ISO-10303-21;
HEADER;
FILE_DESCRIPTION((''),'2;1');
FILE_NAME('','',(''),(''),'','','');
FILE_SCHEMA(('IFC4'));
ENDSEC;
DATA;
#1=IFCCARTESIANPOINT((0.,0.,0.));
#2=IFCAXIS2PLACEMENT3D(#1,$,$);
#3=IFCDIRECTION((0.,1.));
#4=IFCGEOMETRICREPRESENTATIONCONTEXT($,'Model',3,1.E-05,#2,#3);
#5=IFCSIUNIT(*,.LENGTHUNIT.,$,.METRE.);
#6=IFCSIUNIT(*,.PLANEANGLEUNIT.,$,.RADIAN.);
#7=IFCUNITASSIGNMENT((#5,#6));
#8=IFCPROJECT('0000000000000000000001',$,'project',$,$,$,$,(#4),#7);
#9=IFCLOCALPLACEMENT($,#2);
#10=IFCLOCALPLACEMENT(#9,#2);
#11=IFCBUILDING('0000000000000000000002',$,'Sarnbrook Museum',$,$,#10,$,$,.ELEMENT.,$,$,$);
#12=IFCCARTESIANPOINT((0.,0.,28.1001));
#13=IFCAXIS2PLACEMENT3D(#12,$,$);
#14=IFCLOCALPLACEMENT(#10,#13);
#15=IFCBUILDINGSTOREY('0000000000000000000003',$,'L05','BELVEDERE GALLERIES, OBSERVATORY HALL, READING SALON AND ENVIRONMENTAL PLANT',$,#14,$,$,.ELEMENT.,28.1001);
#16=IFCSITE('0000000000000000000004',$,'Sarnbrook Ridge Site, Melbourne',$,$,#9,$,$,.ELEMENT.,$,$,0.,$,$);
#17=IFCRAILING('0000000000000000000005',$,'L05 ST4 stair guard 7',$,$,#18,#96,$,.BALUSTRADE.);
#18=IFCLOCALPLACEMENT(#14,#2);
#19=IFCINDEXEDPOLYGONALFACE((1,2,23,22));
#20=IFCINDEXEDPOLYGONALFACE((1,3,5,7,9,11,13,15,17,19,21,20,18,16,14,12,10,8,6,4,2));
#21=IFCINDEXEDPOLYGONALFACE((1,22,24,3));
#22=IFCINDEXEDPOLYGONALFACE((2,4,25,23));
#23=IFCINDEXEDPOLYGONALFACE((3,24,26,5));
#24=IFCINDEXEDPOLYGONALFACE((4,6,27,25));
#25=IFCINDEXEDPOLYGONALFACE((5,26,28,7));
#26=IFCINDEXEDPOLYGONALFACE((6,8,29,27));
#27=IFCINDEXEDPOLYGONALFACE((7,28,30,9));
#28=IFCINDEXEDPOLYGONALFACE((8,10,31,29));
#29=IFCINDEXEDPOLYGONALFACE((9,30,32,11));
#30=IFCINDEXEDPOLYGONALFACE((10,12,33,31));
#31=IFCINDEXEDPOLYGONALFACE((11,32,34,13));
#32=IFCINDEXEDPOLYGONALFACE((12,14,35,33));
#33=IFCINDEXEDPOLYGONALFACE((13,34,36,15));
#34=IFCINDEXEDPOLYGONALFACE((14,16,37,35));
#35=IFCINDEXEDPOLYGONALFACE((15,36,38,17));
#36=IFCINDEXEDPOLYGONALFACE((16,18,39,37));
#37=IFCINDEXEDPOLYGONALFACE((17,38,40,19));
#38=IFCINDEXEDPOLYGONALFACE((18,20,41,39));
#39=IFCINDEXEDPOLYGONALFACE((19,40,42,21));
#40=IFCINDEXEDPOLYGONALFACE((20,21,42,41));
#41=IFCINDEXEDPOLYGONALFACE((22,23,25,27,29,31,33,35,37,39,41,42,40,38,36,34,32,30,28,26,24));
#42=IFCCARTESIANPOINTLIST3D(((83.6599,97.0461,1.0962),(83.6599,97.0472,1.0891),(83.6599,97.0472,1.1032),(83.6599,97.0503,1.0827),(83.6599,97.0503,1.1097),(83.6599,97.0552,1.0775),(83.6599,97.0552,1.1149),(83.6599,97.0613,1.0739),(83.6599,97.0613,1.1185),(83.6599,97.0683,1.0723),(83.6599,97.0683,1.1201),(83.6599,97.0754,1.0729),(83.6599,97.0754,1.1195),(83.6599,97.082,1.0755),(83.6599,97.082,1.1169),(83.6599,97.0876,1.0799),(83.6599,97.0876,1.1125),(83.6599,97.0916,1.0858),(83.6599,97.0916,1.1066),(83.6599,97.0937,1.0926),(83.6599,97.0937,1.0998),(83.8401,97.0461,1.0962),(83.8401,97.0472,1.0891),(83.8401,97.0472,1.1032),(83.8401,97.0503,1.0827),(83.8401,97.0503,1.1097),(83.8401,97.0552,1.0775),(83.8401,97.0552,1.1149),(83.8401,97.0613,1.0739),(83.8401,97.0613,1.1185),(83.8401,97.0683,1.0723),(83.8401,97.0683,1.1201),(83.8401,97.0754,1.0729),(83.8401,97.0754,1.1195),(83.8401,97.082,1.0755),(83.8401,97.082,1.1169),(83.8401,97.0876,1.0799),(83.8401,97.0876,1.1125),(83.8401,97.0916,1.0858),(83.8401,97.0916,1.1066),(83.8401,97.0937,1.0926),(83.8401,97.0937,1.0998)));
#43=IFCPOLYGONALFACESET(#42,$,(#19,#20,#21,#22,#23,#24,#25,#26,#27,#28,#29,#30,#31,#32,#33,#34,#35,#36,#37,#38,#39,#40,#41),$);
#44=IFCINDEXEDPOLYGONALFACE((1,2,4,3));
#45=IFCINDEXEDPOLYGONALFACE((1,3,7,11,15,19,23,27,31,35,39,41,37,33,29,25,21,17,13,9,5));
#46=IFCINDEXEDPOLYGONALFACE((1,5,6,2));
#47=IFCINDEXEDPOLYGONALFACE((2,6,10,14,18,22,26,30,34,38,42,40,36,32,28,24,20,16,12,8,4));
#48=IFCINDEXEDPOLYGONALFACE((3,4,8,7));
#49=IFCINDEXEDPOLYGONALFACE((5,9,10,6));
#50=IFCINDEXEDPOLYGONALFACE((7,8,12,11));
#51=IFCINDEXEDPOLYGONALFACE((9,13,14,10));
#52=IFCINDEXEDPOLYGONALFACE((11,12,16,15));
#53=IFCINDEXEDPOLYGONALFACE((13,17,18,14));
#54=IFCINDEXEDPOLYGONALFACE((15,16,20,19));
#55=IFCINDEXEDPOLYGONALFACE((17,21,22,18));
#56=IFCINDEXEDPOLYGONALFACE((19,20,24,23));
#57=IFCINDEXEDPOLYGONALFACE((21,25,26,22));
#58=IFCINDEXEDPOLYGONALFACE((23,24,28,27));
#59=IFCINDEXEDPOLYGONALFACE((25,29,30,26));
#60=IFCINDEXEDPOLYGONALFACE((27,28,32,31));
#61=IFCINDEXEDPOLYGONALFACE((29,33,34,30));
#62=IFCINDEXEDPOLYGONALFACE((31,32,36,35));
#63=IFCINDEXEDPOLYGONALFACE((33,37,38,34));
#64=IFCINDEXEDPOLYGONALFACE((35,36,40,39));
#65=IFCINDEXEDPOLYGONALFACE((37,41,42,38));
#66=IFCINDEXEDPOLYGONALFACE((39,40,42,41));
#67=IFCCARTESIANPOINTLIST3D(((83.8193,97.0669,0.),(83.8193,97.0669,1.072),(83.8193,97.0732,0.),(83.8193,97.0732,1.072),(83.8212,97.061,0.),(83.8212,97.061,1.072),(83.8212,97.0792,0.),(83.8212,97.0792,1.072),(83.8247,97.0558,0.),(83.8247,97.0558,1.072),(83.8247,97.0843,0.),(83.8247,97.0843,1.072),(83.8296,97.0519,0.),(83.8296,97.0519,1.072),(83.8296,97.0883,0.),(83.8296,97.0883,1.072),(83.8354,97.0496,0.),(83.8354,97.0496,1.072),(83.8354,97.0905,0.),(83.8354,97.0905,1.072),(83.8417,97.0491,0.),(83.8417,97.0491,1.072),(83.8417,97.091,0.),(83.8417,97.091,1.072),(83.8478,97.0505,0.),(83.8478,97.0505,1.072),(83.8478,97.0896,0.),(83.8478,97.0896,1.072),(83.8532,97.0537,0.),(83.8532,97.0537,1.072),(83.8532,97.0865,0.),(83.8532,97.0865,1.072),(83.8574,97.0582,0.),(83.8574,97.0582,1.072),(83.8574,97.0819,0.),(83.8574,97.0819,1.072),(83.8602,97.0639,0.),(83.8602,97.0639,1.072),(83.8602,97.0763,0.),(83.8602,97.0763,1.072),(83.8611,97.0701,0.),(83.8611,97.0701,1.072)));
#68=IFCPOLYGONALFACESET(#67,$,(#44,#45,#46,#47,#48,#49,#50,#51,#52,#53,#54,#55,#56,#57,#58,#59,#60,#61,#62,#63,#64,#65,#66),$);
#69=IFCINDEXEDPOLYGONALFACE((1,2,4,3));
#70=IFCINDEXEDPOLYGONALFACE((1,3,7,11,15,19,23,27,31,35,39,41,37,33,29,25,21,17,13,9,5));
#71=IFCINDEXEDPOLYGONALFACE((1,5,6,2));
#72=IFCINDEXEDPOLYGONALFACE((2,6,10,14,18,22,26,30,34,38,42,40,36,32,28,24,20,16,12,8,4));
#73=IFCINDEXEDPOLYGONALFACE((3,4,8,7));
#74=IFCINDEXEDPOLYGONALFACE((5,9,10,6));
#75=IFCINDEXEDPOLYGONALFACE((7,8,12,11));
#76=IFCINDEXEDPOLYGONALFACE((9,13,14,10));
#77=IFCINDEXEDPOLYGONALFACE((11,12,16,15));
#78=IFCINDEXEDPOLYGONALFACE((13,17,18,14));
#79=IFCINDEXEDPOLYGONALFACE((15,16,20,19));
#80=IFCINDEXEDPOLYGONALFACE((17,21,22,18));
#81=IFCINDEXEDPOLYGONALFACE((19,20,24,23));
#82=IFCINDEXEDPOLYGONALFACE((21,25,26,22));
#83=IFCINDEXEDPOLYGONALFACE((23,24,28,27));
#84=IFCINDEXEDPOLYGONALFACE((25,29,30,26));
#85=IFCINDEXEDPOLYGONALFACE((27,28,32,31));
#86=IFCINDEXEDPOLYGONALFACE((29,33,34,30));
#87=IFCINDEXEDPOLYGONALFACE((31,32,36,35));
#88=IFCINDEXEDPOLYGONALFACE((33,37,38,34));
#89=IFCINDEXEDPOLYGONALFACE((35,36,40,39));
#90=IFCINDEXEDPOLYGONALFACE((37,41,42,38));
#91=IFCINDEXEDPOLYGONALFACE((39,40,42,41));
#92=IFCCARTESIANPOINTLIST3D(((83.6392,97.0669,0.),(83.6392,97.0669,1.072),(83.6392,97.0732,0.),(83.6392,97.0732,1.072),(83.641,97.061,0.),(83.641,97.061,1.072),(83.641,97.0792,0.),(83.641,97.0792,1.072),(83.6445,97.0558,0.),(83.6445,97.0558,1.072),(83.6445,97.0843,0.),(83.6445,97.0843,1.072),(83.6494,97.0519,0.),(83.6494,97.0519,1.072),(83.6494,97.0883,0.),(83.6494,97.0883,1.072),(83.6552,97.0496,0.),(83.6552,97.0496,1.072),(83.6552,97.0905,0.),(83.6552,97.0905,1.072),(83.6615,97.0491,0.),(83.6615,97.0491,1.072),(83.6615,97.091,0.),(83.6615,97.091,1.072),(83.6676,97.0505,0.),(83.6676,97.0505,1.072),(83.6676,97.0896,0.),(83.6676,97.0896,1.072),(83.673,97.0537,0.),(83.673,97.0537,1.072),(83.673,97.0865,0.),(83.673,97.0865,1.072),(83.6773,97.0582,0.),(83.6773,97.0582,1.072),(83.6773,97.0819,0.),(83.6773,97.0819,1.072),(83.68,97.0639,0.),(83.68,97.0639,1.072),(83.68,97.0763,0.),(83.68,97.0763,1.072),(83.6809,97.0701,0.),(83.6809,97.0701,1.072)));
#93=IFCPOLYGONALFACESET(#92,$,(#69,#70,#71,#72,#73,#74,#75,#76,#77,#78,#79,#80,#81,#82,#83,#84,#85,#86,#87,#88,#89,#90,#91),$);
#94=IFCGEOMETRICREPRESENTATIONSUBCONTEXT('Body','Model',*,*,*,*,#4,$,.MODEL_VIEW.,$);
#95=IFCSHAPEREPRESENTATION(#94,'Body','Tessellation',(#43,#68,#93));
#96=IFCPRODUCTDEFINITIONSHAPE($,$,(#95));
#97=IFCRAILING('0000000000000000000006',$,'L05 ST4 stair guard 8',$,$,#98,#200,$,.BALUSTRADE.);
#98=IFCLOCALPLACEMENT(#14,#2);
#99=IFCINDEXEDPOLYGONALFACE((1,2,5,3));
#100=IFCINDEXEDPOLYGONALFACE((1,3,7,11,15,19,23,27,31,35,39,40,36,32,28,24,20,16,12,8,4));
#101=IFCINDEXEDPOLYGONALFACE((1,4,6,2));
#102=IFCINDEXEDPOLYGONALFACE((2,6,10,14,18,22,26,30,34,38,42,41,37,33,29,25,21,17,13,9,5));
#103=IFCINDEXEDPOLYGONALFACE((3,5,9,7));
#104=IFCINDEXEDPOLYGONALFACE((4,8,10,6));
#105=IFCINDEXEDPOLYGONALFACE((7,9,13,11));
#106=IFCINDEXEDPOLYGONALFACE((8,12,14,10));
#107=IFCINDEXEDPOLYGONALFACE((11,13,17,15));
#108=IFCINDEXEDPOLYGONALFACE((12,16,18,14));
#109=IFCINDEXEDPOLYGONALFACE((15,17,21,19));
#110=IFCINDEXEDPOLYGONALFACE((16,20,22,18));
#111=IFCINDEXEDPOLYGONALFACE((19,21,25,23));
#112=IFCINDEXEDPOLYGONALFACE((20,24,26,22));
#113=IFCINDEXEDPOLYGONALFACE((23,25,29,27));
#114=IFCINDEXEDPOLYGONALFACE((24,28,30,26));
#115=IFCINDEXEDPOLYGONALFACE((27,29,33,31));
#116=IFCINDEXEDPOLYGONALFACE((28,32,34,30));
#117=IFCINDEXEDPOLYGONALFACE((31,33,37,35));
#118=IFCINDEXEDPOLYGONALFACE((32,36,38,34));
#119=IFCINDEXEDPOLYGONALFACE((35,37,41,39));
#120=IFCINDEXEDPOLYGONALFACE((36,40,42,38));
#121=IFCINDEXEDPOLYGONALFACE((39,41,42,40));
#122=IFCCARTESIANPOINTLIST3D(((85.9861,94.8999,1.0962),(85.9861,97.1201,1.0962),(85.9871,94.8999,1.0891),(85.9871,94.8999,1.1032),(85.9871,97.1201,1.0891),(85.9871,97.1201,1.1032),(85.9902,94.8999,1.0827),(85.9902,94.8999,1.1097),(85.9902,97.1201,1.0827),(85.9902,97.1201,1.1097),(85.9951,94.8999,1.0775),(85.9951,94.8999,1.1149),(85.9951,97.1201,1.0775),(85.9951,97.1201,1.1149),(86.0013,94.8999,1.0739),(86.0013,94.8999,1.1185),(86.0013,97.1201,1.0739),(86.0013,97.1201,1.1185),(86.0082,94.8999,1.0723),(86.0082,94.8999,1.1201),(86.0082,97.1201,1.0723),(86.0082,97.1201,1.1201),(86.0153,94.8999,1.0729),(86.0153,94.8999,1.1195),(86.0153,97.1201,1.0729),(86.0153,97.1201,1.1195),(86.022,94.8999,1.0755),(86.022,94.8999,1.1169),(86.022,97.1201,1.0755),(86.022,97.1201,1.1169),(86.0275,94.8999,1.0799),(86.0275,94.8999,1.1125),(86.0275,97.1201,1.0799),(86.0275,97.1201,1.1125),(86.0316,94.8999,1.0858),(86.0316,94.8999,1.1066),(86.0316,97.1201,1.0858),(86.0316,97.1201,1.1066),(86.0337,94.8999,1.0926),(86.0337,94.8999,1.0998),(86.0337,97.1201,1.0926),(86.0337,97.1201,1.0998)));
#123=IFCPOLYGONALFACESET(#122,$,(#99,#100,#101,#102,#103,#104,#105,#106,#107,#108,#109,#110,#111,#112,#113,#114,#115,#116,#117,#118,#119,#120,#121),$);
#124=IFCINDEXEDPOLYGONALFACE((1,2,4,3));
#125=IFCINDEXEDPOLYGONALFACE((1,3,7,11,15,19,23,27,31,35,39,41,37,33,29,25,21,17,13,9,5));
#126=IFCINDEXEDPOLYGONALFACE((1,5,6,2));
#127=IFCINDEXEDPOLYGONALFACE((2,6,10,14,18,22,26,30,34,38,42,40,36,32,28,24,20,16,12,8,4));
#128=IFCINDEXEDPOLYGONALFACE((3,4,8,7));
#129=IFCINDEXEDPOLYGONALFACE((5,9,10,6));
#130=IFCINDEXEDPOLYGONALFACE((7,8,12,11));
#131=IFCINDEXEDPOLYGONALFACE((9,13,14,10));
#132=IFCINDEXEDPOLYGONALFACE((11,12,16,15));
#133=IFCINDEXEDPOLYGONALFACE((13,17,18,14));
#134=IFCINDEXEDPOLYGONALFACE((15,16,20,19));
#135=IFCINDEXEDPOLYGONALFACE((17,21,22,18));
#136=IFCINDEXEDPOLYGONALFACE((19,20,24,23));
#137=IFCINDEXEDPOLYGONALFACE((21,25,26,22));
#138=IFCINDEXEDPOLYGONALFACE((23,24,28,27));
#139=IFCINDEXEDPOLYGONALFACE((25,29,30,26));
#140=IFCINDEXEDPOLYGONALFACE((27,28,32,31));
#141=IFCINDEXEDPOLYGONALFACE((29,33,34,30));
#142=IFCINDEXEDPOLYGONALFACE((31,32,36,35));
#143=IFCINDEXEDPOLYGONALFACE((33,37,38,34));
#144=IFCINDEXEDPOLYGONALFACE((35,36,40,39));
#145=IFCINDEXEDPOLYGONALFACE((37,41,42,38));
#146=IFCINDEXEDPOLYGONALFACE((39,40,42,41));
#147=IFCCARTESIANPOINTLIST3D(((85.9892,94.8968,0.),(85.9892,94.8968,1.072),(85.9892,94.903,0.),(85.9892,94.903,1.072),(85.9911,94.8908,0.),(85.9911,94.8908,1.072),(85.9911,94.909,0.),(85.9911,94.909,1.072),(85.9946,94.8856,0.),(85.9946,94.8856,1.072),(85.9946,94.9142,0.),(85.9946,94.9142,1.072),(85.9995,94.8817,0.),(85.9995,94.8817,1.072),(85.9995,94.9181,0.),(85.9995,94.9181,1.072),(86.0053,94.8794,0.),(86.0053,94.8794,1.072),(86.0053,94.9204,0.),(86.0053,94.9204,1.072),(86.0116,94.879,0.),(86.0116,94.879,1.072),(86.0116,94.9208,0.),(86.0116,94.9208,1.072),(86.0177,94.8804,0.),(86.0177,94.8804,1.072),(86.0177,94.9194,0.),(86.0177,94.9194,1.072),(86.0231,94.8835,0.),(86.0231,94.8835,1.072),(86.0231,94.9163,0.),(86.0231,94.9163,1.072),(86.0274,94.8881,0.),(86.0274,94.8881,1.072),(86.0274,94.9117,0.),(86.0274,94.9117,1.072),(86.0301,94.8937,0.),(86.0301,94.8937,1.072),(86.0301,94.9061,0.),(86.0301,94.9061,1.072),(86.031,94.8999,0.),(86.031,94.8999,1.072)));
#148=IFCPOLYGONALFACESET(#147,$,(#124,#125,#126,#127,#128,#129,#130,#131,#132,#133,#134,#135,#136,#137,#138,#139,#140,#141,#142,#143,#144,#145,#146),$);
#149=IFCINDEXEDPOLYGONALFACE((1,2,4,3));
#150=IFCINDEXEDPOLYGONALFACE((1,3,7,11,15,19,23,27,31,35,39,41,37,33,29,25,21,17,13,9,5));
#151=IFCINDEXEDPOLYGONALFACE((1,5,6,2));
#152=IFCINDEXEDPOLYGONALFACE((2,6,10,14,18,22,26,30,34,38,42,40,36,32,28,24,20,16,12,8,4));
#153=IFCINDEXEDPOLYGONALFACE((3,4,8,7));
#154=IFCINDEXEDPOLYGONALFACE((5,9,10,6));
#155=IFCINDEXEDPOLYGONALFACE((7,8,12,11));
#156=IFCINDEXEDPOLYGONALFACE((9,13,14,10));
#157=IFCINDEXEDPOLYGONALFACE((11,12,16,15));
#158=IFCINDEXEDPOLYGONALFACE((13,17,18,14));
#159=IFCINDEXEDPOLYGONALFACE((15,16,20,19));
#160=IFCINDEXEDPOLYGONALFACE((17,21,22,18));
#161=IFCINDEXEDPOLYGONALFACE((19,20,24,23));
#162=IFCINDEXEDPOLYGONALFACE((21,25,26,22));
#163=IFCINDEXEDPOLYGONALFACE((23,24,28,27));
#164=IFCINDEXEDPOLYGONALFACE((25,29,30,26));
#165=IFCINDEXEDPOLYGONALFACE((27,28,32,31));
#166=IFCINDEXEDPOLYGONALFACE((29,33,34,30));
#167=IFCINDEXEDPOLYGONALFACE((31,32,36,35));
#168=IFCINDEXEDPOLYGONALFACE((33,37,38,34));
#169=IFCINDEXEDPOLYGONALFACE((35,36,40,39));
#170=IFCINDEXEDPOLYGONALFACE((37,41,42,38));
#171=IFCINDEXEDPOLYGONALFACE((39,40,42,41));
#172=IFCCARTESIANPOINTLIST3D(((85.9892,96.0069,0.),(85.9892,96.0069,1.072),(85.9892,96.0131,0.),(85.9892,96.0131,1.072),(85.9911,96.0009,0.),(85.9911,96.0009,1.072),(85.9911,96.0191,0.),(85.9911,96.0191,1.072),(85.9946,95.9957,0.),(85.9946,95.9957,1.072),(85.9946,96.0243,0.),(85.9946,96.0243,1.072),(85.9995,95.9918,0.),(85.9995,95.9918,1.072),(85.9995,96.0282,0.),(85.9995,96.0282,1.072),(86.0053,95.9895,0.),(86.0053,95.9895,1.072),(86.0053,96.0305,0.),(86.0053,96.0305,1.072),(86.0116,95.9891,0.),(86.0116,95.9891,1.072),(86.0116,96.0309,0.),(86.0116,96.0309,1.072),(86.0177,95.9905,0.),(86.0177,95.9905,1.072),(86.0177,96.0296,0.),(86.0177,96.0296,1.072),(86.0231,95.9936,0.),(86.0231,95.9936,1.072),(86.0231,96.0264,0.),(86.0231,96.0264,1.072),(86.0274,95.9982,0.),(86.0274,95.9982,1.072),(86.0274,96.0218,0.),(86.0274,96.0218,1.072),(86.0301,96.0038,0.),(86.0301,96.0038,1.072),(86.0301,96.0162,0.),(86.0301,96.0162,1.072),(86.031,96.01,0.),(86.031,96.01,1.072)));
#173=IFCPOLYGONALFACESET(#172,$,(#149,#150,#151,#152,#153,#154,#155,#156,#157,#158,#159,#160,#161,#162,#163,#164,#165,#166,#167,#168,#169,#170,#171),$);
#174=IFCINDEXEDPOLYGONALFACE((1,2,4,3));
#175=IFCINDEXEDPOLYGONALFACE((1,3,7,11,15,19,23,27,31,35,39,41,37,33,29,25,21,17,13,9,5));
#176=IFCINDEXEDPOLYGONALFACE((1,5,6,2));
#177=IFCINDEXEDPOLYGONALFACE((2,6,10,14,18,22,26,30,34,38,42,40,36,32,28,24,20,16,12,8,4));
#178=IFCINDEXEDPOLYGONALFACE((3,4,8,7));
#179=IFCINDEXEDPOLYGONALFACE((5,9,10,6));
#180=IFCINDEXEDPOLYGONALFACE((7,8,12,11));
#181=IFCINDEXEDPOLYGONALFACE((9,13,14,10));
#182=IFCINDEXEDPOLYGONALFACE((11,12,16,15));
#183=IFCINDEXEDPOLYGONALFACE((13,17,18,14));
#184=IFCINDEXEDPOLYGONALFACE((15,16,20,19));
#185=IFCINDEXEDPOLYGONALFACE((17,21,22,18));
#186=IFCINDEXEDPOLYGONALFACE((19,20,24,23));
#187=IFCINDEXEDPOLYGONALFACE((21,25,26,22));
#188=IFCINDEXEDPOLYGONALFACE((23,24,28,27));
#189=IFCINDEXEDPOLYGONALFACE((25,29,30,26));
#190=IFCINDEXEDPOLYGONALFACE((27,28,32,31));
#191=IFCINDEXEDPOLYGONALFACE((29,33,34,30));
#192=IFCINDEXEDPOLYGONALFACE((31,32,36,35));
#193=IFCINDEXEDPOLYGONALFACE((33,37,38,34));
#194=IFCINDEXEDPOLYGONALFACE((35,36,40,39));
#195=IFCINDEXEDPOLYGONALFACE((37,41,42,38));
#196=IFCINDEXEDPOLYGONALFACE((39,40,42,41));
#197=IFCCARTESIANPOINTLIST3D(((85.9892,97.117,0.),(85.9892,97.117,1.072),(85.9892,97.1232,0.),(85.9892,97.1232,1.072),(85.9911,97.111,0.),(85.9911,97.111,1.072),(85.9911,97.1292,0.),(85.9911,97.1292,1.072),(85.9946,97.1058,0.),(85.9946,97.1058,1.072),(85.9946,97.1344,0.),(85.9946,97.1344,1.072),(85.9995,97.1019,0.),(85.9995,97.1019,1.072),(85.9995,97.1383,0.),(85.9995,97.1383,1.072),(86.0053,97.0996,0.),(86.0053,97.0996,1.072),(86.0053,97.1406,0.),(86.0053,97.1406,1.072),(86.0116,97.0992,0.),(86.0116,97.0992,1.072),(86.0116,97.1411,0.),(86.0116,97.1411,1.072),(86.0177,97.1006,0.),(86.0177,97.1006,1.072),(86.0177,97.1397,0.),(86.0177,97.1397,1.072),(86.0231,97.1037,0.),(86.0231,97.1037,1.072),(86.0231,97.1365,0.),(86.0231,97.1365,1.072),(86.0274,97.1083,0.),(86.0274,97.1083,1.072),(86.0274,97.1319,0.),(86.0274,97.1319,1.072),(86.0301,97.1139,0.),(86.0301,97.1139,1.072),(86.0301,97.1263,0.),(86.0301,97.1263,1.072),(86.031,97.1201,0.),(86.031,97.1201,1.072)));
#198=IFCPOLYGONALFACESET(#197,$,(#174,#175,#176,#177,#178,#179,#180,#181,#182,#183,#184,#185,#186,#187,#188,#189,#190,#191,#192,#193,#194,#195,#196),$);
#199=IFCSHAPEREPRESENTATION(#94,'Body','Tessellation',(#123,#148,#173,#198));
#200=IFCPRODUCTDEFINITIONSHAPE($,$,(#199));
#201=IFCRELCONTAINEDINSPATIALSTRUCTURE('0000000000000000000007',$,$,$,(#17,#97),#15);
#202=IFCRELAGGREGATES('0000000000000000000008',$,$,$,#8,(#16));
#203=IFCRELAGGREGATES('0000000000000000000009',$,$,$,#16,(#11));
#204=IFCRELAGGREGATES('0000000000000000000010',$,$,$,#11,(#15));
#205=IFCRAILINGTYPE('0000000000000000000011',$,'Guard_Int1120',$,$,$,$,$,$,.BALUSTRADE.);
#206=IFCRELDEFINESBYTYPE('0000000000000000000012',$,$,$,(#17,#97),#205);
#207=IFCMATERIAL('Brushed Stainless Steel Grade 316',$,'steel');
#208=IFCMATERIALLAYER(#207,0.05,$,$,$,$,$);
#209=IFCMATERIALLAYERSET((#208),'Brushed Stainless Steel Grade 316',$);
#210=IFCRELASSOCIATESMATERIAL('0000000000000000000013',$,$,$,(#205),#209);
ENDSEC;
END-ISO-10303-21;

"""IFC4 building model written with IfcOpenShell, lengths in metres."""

from ifc_helpers import new_model, si_unit, direction, frame, origin, origin_2d, place, context, subcontext, project, spatial, circle, extrude, material, layer, layer_set, type_object, element, save


model = new_model("IFC4")

# Units and contexts
model_context = context("Model", 3, precision=1e-05, world=origin(), true_north=direction((0.0, 1.0)))
body_context = subcontext(model_context, "Body", "Model", "MODEL_VIEW")
ifc_project = project(units=[si_unit("LENGTHUNIT", "METRE"), si_unit("PLANEANGLEUNIT", "RADIAN")], contexts=[model_context])

# Site, building, storey
site_placement = place(None, origin())
site = spatial("IfcSite", under=ifc_project, at=site_placement, Name="Sarnbrook Ridge Site, Melbourne", CompositionType="ELEMENT", RefElevation=0.0)
building_placement = place(site_placement, origin())
building = spatial("IfcBuilding", under=site, at=building_placement, Name="Sarnbrook Museum", CompositionType="ELEMENT")
storey_placement = place(building_placement, frame((0.0, 0.0, 28.1001)))
storey = spatial("IfcBuildingStorey", under=building, at=storey_placement, Name="L05", Description="BELVEDERE GALLERIES, OBSERVATORY HALL, READING SALON AND ENVIRONMENTAL PLANT", CompositionType="ELEMENT", Elevation=28.1001)

# Shared definitions
ifc_material_1 = material(Name="Brushed Stainless Steel Grade 316", Category="steel")

# Railings
ifc_layer_1 = layer(ifc_material_1, 0.05)
ifc_layer_set_1 = layer_set([ifc_layer_1], Name="Brushed Stainless Steel Grade 316")
railing_type = type_object("IfcRailingType", Name="Guard_Int1120", PredefinedType="BALUSTRADE", material=ifc_layer_set_1)
railing_1_placement = place(storey_placement, frame((83.8401, 97.0701, 0.0)))
element("IfcRailing", 1, at=railing_1_placement, inside=storey, type_object=railing_type, Name="L05 ST4 stair guard 7", PredefinedType="BALUSTRADE", context=body_context, shape_type="SweptSolid", body=[
    extrude(circle(Radius=0.0239, at=origin_2d()), frame((0.0, 0.0, 1.0962), z_axis=(-1.0, 0.0, 0.0), x_axis=(0.0, -1.0, 0.0)), (0.0, 0.0, 1.0), 0.1802),
    extrude(circle(Radius=0.021, at=origin_2d()), origin(), (0.0, 0.0, 1.0), 1.072),
    extrude(circle(Radius=0.021, at=origin_2d()), frame((-0.1802, 0.0, 0.0)), (0.0, 0.0, 1.0), 1.072),
])
for number, where, name in (
    (2, (86.01, 94.8999, 0.0), "L05 ST4 stair guard 8"),
):
    element("IfcRailing", number, at=place(storey_placement, frame(where)), inside=storey, type_object=railing_type, Name=name, PredefinedType="BALUSTRADE", context=body_context, shape_type="SweptSolid", body=[
        extrude(circle(Radius=0.0239, at=origin_2d()), frame((0.0, 0.0, 1.0962), z_axis=(0.0, 1.0, 0.0), x_axis=(-1.0, 0.0, 0.0)), (0.0, 0.0, 1.0), 2.2202),
        extrude(circle(Radius=0.021, at=origin_2d()), origin(), (0.0, 0.0, 1.0), 1.072),
        extrude(circle(Radius=0.021, at=origin_2d()), frame((0.0, 1.1101, 0.0)), (0.0, 0.0, 1.0), 1.072),
        extrude(circle(Radius=0.021, at=origin_2d()), frame((0.0, 2.2202, 0.0)), (0.0, 0.0, 1.0), 1.072),
    ])

save(model, "model.ifc")
